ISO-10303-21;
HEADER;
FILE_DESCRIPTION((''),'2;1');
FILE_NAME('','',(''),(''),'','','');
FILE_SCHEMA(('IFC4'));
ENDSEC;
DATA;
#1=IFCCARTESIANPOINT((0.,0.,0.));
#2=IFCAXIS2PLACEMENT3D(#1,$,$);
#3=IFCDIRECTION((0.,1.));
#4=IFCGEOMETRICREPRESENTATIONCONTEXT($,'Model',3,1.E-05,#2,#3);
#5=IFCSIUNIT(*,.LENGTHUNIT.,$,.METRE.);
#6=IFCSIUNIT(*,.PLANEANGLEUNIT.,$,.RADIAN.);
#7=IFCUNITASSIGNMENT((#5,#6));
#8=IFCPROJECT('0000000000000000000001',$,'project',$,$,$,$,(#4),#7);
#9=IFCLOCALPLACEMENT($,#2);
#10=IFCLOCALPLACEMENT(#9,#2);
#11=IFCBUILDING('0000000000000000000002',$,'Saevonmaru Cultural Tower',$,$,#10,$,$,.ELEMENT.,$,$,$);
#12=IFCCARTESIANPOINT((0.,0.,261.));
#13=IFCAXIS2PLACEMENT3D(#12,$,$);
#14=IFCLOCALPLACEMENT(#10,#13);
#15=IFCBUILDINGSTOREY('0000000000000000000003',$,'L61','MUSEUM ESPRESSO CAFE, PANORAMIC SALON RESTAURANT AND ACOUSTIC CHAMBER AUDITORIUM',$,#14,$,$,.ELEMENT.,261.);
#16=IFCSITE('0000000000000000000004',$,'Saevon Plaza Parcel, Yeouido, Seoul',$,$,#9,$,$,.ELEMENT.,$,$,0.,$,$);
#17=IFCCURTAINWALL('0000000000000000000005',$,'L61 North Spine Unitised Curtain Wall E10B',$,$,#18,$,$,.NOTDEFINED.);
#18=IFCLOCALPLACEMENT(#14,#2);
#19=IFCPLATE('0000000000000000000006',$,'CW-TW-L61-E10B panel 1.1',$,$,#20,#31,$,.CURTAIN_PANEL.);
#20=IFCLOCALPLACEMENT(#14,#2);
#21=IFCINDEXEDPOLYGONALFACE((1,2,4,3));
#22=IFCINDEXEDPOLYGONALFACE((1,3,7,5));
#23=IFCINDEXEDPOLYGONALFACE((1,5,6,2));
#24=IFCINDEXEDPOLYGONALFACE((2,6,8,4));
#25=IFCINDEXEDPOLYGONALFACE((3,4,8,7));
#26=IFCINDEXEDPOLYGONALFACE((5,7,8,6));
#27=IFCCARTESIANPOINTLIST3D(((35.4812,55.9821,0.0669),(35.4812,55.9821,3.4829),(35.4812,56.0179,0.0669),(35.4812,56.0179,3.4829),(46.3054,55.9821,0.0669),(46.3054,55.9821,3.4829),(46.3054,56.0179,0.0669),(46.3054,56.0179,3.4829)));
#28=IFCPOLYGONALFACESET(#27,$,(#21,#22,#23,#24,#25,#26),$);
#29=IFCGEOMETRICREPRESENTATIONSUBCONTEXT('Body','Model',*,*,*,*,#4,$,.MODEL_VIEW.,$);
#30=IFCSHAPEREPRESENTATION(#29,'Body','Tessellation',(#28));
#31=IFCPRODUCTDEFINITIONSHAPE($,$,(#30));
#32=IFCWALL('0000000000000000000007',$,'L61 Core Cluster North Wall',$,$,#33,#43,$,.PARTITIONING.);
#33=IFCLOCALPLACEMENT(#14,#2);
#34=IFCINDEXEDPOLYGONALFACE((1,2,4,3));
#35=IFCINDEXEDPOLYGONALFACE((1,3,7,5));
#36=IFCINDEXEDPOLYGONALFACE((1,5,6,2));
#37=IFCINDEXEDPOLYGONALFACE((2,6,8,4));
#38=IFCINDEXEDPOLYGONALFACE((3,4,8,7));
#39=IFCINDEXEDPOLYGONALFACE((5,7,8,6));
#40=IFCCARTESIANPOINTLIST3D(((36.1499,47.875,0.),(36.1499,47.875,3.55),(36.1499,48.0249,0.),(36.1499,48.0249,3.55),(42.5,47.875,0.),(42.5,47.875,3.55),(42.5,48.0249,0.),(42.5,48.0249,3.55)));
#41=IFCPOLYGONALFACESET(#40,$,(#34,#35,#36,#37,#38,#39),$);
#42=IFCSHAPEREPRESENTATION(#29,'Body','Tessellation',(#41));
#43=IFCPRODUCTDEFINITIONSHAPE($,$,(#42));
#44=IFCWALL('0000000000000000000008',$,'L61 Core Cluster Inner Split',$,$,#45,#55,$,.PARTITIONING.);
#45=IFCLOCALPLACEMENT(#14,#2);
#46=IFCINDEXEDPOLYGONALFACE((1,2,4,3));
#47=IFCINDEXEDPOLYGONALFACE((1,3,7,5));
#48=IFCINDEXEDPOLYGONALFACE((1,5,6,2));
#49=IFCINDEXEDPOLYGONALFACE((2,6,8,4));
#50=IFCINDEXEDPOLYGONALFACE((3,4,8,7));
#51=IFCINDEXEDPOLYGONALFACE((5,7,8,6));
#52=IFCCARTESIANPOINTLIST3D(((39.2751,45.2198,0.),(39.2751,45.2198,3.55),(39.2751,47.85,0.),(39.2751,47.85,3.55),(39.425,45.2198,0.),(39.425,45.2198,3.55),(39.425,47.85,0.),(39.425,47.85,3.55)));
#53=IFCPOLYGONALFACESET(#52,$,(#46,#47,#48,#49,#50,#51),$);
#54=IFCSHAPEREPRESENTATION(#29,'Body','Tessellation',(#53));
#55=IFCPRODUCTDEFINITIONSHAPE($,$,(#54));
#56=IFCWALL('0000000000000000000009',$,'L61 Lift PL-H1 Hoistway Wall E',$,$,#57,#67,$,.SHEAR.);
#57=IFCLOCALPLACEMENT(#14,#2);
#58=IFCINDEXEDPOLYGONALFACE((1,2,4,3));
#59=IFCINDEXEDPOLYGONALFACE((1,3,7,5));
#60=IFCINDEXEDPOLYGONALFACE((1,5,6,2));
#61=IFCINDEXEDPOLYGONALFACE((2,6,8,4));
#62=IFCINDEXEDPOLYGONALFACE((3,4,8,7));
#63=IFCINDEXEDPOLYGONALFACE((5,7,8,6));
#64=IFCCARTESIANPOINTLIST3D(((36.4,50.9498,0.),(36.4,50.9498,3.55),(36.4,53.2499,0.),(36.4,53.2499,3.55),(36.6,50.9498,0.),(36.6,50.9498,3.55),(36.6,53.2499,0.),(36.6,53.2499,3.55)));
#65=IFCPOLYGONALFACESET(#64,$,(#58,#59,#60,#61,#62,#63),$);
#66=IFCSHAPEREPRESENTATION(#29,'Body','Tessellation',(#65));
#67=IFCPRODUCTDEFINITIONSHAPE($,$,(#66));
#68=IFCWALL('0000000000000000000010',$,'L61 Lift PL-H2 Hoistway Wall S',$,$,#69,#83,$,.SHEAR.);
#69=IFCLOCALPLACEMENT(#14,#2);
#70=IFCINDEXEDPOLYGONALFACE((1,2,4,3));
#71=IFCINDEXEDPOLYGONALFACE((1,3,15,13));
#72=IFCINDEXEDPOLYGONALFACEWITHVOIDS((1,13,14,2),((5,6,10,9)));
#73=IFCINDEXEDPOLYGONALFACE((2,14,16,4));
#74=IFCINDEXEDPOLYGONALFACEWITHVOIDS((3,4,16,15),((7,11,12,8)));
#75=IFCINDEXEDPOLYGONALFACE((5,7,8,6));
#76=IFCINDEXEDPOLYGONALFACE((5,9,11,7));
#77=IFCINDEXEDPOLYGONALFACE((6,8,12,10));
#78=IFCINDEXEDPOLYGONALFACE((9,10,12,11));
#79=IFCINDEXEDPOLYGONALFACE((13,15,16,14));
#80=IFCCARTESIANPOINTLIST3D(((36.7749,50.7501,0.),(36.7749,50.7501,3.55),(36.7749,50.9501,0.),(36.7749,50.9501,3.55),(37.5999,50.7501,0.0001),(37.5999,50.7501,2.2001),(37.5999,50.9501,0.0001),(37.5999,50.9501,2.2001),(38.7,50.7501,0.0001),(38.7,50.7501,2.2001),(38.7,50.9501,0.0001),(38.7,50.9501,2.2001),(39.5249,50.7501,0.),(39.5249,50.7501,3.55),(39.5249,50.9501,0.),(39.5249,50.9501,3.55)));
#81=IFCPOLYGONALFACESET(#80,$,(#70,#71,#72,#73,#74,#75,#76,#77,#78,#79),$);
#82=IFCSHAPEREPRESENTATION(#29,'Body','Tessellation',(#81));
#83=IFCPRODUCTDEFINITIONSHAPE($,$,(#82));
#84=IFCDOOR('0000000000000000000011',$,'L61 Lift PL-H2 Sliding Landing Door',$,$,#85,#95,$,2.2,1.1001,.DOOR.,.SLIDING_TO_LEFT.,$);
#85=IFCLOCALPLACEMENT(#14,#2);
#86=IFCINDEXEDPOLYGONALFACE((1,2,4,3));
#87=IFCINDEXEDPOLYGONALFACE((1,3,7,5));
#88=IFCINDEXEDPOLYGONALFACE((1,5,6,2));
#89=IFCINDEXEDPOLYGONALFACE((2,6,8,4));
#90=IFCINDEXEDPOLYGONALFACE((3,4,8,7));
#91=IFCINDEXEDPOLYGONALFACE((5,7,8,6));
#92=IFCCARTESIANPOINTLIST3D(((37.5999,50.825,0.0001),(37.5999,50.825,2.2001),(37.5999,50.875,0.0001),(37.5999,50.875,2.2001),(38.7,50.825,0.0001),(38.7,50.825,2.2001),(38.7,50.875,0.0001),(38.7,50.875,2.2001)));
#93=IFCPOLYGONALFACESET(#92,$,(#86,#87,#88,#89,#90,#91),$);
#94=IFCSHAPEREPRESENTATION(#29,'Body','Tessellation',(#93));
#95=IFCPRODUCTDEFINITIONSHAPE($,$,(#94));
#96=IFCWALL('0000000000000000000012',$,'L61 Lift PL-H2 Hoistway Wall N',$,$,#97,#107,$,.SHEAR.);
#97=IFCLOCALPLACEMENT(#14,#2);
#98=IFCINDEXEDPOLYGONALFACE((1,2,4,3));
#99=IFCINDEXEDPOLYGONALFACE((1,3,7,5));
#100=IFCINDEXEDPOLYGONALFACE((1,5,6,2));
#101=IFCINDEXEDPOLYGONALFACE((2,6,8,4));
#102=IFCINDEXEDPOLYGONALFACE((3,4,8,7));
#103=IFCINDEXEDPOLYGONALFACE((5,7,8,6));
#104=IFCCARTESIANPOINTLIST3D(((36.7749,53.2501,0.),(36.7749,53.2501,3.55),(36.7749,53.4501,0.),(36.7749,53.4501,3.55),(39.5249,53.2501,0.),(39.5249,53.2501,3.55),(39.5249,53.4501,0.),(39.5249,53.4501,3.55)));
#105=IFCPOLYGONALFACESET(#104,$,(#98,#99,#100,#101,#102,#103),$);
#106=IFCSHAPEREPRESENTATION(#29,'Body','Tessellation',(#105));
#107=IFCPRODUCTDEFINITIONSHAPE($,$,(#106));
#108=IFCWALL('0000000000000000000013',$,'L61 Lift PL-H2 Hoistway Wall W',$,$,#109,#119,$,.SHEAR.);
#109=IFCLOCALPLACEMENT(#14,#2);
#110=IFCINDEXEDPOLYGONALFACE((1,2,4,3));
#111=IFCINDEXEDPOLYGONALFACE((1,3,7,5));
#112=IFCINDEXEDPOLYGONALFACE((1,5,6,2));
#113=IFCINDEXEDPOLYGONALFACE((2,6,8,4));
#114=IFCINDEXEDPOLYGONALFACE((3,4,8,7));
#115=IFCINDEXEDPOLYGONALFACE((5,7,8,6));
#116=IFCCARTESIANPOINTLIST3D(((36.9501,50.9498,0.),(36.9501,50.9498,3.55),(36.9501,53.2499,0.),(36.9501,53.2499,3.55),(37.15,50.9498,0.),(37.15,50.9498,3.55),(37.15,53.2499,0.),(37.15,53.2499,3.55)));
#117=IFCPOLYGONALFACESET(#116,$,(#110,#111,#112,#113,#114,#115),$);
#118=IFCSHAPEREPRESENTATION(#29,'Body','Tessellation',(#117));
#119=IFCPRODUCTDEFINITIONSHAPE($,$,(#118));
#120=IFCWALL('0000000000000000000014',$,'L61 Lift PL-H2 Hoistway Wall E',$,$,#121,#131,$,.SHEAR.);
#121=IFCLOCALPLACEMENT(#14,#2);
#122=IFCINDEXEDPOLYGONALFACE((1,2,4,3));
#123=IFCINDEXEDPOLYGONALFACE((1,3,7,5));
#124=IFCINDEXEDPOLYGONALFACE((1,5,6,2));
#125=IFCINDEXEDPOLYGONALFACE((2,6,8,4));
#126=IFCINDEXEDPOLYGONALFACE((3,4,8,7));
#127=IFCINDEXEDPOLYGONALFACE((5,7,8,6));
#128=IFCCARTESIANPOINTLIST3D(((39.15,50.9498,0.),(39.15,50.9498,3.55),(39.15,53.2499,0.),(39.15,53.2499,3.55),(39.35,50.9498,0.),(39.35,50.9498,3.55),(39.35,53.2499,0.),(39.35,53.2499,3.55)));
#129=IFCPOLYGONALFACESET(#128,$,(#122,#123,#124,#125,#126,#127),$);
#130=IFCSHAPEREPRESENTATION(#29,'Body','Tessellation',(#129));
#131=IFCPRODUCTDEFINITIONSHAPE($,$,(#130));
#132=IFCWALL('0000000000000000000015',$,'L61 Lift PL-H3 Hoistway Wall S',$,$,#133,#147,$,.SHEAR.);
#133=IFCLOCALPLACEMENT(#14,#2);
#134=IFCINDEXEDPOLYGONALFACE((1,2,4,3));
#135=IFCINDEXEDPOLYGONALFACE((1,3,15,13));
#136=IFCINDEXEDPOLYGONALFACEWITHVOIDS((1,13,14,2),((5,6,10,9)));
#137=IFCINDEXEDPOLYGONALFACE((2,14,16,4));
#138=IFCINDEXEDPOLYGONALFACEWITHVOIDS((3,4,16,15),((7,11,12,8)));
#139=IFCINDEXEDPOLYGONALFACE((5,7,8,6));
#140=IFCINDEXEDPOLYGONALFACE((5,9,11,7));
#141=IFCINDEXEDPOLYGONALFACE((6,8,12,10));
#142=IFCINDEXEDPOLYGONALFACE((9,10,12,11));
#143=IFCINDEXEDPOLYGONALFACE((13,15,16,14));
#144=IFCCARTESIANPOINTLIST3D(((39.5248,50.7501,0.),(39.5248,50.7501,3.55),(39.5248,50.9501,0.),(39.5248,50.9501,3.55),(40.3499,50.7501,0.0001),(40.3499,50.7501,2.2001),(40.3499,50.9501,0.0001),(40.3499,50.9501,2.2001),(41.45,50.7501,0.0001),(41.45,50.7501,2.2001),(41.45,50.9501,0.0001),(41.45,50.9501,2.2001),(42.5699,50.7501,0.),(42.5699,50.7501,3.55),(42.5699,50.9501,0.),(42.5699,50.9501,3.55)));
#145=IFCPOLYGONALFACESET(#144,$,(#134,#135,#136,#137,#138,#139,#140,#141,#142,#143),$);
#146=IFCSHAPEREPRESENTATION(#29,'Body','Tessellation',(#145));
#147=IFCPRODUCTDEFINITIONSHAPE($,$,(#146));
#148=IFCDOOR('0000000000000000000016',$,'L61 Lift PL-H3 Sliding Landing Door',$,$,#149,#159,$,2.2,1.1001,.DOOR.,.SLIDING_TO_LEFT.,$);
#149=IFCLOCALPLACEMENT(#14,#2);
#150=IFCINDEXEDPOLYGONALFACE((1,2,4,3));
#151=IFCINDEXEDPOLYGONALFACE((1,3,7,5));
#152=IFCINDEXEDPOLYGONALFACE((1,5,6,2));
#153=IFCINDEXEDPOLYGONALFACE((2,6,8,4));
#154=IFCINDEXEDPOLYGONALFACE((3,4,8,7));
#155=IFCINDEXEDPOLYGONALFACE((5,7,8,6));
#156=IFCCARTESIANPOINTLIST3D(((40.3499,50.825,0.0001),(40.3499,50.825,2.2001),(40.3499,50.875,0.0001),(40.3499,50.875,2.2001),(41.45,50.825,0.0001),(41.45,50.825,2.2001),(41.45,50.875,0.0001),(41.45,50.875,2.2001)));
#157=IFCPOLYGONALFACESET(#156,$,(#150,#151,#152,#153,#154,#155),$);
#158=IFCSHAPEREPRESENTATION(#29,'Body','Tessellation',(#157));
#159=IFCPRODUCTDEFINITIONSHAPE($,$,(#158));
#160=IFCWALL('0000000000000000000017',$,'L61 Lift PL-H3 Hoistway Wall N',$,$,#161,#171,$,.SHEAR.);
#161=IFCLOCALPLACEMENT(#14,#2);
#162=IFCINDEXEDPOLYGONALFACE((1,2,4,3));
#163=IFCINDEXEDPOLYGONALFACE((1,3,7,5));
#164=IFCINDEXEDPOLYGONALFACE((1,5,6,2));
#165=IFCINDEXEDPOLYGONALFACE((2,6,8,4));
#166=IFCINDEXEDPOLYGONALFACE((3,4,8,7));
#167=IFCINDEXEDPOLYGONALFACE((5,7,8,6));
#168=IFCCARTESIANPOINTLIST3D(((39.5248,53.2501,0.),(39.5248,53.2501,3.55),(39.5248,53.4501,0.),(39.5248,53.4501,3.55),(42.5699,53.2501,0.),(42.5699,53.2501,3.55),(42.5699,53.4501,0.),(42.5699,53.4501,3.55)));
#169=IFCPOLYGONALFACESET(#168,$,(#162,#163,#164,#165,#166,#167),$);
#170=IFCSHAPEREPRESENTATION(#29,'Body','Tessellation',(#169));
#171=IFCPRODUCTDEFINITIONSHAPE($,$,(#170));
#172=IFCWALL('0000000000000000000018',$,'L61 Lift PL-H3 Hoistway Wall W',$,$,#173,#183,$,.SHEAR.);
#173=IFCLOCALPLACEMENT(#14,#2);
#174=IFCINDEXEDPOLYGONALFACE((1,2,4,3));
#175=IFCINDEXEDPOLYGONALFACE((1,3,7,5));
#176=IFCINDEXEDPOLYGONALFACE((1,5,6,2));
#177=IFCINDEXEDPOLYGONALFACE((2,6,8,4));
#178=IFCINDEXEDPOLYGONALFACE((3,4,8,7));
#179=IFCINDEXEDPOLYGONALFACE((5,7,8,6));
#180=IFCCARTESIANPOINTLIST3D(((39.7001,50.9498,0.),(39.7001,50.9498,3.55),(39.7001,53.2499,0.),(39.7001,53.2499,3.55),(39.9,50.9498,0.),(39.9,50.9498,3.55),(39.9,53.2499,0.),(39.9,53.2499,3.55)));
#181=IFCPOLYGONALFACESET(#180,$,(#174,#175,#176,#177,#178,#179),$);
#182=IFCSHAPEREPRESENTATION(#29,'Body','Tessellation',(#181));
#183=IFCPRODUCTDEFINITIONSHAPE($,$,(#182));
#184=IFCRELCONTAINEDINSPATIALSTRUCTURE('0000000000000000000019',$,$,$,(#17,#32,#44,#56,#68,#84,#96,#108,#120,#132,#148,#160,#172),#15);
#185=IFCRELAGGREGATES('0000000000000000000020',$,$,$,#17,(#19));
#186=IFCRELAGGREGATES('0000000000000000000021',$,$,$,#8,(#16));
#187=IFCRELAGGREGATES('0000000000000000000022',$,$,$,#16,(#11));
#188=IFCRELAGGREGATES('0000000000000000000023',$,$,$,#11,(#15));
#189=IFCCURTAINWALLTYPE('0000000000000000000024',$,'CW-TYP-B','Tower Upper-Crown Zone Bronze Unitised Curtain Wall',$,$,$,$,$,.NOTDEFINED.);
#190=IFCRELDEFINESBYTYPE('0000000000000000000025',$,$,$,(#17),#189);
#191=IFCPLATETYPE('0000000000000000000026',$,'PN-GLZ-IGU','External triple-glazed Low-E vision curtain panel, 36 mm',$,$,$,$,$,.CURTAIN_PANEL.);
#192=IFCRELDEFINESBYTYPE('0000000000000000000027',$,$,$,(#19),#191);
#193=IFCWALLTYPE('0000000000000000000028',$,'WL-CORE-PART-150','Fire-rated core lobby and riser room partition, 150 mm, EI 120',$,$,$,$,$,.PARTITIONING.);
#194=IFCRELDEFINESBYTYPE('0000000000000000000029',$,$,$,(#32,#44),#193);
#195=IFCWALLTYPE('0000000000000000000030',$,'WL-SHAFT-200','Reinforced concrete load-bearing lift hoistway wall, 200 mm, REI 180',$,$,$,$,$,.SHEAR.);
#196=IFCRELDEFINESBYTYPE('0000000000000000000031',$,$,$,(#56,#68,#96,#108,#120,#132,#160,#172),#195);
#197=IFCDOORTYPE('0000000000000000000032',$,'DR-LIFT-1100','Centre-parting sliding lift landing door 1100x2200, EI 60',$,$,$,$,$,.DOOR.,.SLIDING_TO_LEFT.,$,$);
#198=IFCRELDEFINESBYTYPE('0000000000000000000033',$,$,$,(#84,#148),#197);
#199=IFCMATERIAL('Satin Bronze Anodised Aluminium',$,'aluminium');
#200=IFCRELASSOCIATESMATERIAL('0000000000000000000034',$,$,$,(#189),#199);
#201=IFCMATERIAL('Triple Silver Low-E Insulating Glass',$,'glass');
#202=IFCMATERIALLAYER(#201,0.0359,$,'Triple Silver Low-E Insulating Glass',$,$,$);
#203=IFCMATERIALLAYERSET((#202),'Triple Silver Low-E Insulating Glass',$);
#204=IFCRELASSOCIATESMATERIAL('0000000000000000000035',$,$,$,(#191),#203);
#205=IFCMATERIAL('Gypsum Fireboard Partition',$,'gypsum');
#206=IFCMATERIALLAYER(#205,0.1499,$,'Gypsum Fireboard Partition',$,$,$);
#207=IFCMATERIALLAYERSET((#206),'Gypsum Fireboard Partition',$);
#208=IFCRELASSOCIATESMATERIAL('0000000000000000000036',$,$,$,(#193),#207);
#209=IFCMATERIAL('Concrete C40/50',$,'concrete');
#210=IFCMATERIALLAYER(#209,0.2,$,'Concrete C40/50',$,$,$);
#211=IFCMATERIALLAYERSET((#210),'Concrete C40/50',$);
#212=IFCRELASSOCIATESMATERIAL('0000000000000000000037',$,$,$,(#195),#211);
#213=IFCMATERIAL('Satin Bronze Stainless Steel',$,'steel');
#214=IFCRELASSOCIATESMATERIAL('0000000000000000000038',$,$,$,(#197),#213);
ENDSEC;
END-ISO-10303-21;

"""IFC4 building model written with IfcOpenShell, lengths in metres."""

from ifc_helpers import new_model, si_unit, direction, frame, frame_2d, origin, origin_2d, place, context, subcontext, project, spatial, rectangle, extrude, material, layer, layer_set, type_object, element, fill, aggregate, save


model = new_model("IFC4")

# Units and contexts
model_context = context("Model", 3, precision=1e-05, world=origin(), true_north=direction((0.0, 1.0)))
body_context = subcontext(model_context, "Body", "Model", "MODEL_VIEW")
ifc_project = project(units=[si_unit("LENGTHUNIT", "METRE"), si_unit("PLANEANGLEUNIT", "RADIAN")], contexts=[model_context])

# Site, building, storey
site_placement = place(None, origin())
site = spatial("IfcSite", under=ifc_project, at=site_placement, Name="Saevon Plaza Parcel, Yeouido, Seoul", CompositionType="ELEMENT", RefElevation=0.0)
building_placement = place(site_placement, origin())
building = spatial("IfcBuilding", under=site, at=building_placement, Name="Saevonmaru Cultural Tower", CompositionType="ELEMENT")
storey_placement = place(building_placement, frame((0.0, 0.0, 261.0)))
storey = spatial("IfcBuildingStorey", under=building, at=storey_placement, Name="L61", Description="MUSEUM ESPRESSO CAFE, PANORAMIC SALON RESTAURANT AND ACOUSTIC CHAMBER AUDITORIUM", CompositionType="ELEMENT", Elevation=261.0)

# Curtain wall, plate
ifc_material_1 = material(Name="Satin Bronze Anodised Aluminium", Category="aluminium")
curtain_wall_type = type_object("IfcCurtainWallType", Name="CW-TYP-B", Description="Tower Upper-Crown Zone Bronze Unitised Curtain Wall", PredefinedType="NOTDEFINED", material=ifc_material_1)
curtain_wall_placement = place(storey_placement, origin())
curtain_wall = element("IfcCurtainWall", 1, at=curtain_wall_placement, inside=storey, type_object=curtain_wall_type, Name="L61 North Spine Unitised Curtain Wall E10B", PredefinedType="NOTDEFINED")
ifc_material_2 = material(Name="Triple Silver Low-E Insulating Glass", Category="glass")
ifc_layer_1 = layer(ifc_material_2, 0.0359, Name="Triple Silver Low-E Insulating Glass")
ifc_layer_set_1 = layer_set([ifc_layer_1], Name="Triple Silver Low-E Insulating Glass")
plate_type = type_object("IfcPlateType", Name="PN-GLZ-IGU", Description="External triple-glazed Low-E vision curtain panel, 36 mm", PredefinedType="CURTAIN_PANEL", material=ifc_layer_set_1)
plate_placement = place(storey_placement, frame((40.8933, 56.0, 0.0669), z_axis=(0.0, 0.0, 1.0), x_axis=(-1.0, 0.0, 0.0)))
plate = element("IfcPlate", 2, at=plate_placement, type_object=plate_type, Name="CW-TW-L61-E10B panel 1.1", PredefinedType="CURTAIN_PANEL", context=body_context, shape_type="SweptSolid", body=[
    extrude(rectangle(XDim=10.8242, YDim=0.0359, at=origin_2d()), origin(), (0.0, 0.0, 1.0), 3.416),
])
aggregate(curtain_wall, [plate])

# Walls
ifc_material_3 = material(Name="Gypsum Fireboard Partition", Category="gypsum")
ifc_layer_2 = layer(ifc_material_3, 0.1499, Name="Gypsum Fireboard Partition")
ifc_layer_set_2 = layer_set([ifc_layer_2], Name="Gypsum Fireboard Partition")
wall_type_1 = type_object("IfcWallType", Name="WL-CORE-PART-150", Description="Fire-rated core lobby and riser room partition, 150 mm, EI 120", PredefinedType="PARTITIONING", material=ifc_layer_set_2)
wall_1_placement = place(storey_placement, frame((36.1499, 47.95, 0.0), z_axis=(0.0, 0.0, 1.0), x_axis=(1.0, 0.0, 0.0)))
element("IfcWall", 3, at=wall_1_placement, inside=storey, type_object=wall_type_1, Name="L61 Core Cluster North Wall", PredefinedType="PARTITIONING", context=body_context, shape_type="SweptSolid", body=[
    extrude(rectangle(XDim=6.3501, YDim=0.1499, at=frame_2d((3.175, 0.0))), origin(), (0.0, 0.0, 1.0), 3.55),
])
wall_2_placement = place(storey_placement, frame((39.3501, 45.22, 0.0), z_axis=(0.0, 0.0, 1.0), x_axis=(0.0, 1.0, 0.0)))
element("IfcWall", 4, at=wall_2_placement, inside=storey, type_object=wall_type_1, Name="L61 Core Cluster Inner Split", PredefinedType="PARTITIONING", context=body_context, shape_type="SweptSolid", body=[
    extrude(rectangle(XDim=2.6301, YDim=0.1499, at=frame_2d((1.3149, 0.0))), origin(), (0.0, 0.0, 1.0), 3.55),
])
ifc_material_4 = material(Name="Concrete C40/50", Category="concrete")
ifc_layer_3 = layer(ifc_material_4, 0.2, Name="Concrete C40/50")
ifc_layer_set_3 = layer_set([ifc_layer_3], Name="Concrete C40/50")
wall_type_2 = type_object("IfcWallType", Name="WL-SHAFT-200", Description="Reinforced concrete load-bearing lift hoistway wall, 200 mm, REI 180", PredefinedType="SHEAR", material=ifc_layer_set_3)
wall_3_placement = place(storey_placement, frame((36.5, 50.95, 0.0), z_axis=(0.0, 0.0, 1.0), x_axis=(0.0, 1.0, 0.0)))
element("IfcWall", 5, at=wall_3_placement, inside=storey, type_object=wall_type_2, Name="L61 Lift PL-H1 Hoistway Wall E", PredefinedType="SHEAR", context=body_context, shape_type="SweptSolid", body=[
    extrude(rectangle(XDim=2.3, YDim=0.2, at=frame_2d((1.1499, 0.0))), origin(), (0.0, 0.0, 1.0), 3.55),
])

# Wall, opening, door
wall_4_placement = place(storey_placement, frame((36.7749, 50.8501, 0.0), z_axis=(0.0, 0.0, 1.0), x_axis=(1.0, 0.0, 0.0)))
wall_4 = element("IfcWall", 6, at=wall_4_placement, inside=storey, type_object=wall_type_2, Name="L61 Lift PL-H2 Hoistway Wall S", PredefinedType="SHEAR", context=body_context, shape_type="SweptSolid", body=[
    extrude(rectangle(XDim=2.75, YDim=0.2, at=frame_2d((1.375, 0.0))), origin(), (0.0, 0.0, 1.0), 3.55),
])
opening_1_placement = place(wall_4_placement, frame((0.825, 0.0, 0.0)))
opening_1 = element("IfcOpeningElement", 7, at=opening_1_placement, cuts=wall_4, PredefinedType="OPENING", context=body_context, shape_type="SweptSolid", body=[
    extrude(rectangle(XDim=1.1001, YDim=2.2, at=frame_2d((0.55, 1.1001))), frame((0.0, 0.1099, 0.0), z_axis=(0.0, -1.0, 0.0), x_axis=(1.0, 0.0, 0.0)), (0.0, 0.0, 1.0), 0.22),
])
ifc_material_5 = material(Name="Satin Bronze Stainless Steel", Category="steel")
door_type_1 = type_object("IfcDoorType", Name="DR-LIFT-1100", Description="Centre-parting sliding lift landing door 1100x2200, EI 60", OperationType="SLIDING_TO_LEFT", PredefinedType="DOOR", material=ifc_material_5)
door_1_placement = place(opening_1_placement, origin())
door_1 = element("IfcDoor", 8, at=door_1_placement, inside=storey, type_object=door_type_1, Name="L61 Lift PL-H2 Sliding Landing Door", OperationType="SLIDING_TO_LEFT", OverallHeight=2.2, OverallWidth=1.1001, PredefinedType="DOOR", context=body_context, shape_type="SweptSolid", body=[
    extrude(rectangle(XDim=1.1001, YDim=2.2, at=frame_2d((0.55, 1.1001))), frame((0.0, 0.0249, 0.0), z_axis=(0.0, -1.0, 0.0), x_axis=(1.0, 0.0, 0.0)), (0.0, 0.0, 1.0), 0.05),
])
fill(opening_1, door_1)

# Walls
wall_5_placement = place(storey_placement, frame((36.7749, 53.3501, 0.0), z_axis=(0.0, 0.0, 1.0), x_axis=(1.0, 0.0, 0.0)))
element("IfcWall", 9, at=wall_5_placement, inside=storey, type_object=wall_type_2, Name="L61 Lift PL-H2 Hoistway Wall N", PredefinedType="SHEAR", context=body_context, shape_type="SweptSolid", body=[
    extrude(rectangle(XDim=2.75, YDim=0.2, at=frame_2d((1.375, 0.0))), origin(), (0.0, 0.0, 1.0), 3.55),
])
for number, where, z_axis, x_axis, name in (
    (10, (37.05, 50.95, 0.0), (0.0, 0.0, 1.0), (0.0, 1.0, 0.0), "L61 Lift PL-H2 Hoistway Wall W"),
    (11, (39.25, 50.95, 0.0), (0.0, 0.0, 1.0), (0.0, 1.0, 0.0), "L61 Lift PL-H2 Hoistway Wall E"),
):
    element("IfcWall", number, at=place(storey_placement, frame(where, z_axis=z_axis, x_axis=x_axis)), inside=storey, type_object=wall_type_2, Name=name, PredefinedType="SHEAR", context=body_context, shape_type="SweptSolid", body=[
        extrude(rectangle(XDim=2.3, YDim=0.2, at=frame_2d((1.1499, 0.0))), origin(), (0.0, 0.0, 1.0), 3.55),
    ])

# Wall, opening, door
wall_6_placement = place(storey_placement, frame((39.5249, 50.8501, 0.0), z_axis=(0.0, 0.0, 1.0), x_axis=(1.0, 0.0, 0.0)))
wall_6 = element("IfcWall", 12, at=wall_6_placement, inside=storey, type_object=wall_type_2, Name="L61 Lift PL-H3 Hoistway Wall S", PredefinedType="SHEAR", context=body_context, shape_type="SweptSolid", body=[
    extrude(rectangle(XDim=3.0452, YDim=0.2, at=frame_2d((1.5225, 0.0))), origin(), (0.0, 0.0, 1.0), 3.55),
])
opening_2_placement = place(wall_6_placement, frame((0.825, 0.0, 0.0)))
opening_2 = element("IfcOpeningElement", 13, at=opening_2_placement, cuts=wall_6, PredefinedType="OPENING", context=body_context, shape_type="SweptSolid", body=[
    extrude(rectangle(XDim=1.1001, YDim=2.2, at=frame_2d((0.55, 1.1001))), frame((0.0, 0.1099, 0.0), z_axis=(0.0, -1.0, 0.0), x_axis=(1.0, 0.0, 0.0)), (0.0, 0.0, 1.0), 0.22),
])
door_2_placement = place(opening_2_placement, origin())
door_2 = element("IfcDoor", 14, at=door_2_placement, inside=storey, type_object=door_type_1, Name="L61 Lift PL-H3 Sliding Landing Door", OperationType="SLIDING_TO_LEFT", OverallHeight=2.2, OverallWidth=1.1001, PredefinedType="DOOR", context=body_context, shape_type="SweptSolid", body=[
    extrude(rectangle(XDim=1.1001, YDim=2.2, at=frame_2d((0.55, 1.1001))), frame((0.0, 0.0249, 0.0), z_axis=(0.0, -1.0, 0.0), x_axis=(1.0, 0.0, 0.0)), (0.0, 0.0, 1.0), 0.05),
])
fill(opening_2, door_2)

# Walls
wall_7_placement = place(storey_placement, frame((39.5249, 53.3501, 0.0), z_axis=(0.0, 0.0, 1.0), x_axis=(1.0, 0.0, 0.0)))
element("IfcWall", 15, at=wall_7_placement, inside=storey, type_object=wall_type_2, Name="L61 Lift PL-H3 Hoistway Wall N", PredefinedType="SHEAR", context=body_context, shape_type="SweptSolid", body=[
    extrude(rectangle(XDim=3.0452, YDim=0.2, at=frame_2d((1.5225, 0.0))), origin(), (0.0, 0.0, 1.0), 3.55),
])
for number, where, z_axis, x_axis, name in (
    (16, (39.8, 50.95, 0.0), (0.0, 0.0, 1.0), (0.0, 1.0, 0.0), "L61 Lift PL-H3 Hoistway Wall W"),
):
    element("IfcWall", number, at=place(storey_placement, frame(where, z_axis=z_axis, x_axis=x_axis)), inside=storey, type_object=wall_type_2, Name=name, PredefinedType="SHEAR", context=body_context, shape_type="SweptSolid", body=[
        extrude(rectangle(XDim=2.3, YDim=0.2, at=frame_2d((1.1499, 0.0))), origin(), (0.0, 0.0, 1.0), 3.55),
    ])

save(model, "model.ifc")
